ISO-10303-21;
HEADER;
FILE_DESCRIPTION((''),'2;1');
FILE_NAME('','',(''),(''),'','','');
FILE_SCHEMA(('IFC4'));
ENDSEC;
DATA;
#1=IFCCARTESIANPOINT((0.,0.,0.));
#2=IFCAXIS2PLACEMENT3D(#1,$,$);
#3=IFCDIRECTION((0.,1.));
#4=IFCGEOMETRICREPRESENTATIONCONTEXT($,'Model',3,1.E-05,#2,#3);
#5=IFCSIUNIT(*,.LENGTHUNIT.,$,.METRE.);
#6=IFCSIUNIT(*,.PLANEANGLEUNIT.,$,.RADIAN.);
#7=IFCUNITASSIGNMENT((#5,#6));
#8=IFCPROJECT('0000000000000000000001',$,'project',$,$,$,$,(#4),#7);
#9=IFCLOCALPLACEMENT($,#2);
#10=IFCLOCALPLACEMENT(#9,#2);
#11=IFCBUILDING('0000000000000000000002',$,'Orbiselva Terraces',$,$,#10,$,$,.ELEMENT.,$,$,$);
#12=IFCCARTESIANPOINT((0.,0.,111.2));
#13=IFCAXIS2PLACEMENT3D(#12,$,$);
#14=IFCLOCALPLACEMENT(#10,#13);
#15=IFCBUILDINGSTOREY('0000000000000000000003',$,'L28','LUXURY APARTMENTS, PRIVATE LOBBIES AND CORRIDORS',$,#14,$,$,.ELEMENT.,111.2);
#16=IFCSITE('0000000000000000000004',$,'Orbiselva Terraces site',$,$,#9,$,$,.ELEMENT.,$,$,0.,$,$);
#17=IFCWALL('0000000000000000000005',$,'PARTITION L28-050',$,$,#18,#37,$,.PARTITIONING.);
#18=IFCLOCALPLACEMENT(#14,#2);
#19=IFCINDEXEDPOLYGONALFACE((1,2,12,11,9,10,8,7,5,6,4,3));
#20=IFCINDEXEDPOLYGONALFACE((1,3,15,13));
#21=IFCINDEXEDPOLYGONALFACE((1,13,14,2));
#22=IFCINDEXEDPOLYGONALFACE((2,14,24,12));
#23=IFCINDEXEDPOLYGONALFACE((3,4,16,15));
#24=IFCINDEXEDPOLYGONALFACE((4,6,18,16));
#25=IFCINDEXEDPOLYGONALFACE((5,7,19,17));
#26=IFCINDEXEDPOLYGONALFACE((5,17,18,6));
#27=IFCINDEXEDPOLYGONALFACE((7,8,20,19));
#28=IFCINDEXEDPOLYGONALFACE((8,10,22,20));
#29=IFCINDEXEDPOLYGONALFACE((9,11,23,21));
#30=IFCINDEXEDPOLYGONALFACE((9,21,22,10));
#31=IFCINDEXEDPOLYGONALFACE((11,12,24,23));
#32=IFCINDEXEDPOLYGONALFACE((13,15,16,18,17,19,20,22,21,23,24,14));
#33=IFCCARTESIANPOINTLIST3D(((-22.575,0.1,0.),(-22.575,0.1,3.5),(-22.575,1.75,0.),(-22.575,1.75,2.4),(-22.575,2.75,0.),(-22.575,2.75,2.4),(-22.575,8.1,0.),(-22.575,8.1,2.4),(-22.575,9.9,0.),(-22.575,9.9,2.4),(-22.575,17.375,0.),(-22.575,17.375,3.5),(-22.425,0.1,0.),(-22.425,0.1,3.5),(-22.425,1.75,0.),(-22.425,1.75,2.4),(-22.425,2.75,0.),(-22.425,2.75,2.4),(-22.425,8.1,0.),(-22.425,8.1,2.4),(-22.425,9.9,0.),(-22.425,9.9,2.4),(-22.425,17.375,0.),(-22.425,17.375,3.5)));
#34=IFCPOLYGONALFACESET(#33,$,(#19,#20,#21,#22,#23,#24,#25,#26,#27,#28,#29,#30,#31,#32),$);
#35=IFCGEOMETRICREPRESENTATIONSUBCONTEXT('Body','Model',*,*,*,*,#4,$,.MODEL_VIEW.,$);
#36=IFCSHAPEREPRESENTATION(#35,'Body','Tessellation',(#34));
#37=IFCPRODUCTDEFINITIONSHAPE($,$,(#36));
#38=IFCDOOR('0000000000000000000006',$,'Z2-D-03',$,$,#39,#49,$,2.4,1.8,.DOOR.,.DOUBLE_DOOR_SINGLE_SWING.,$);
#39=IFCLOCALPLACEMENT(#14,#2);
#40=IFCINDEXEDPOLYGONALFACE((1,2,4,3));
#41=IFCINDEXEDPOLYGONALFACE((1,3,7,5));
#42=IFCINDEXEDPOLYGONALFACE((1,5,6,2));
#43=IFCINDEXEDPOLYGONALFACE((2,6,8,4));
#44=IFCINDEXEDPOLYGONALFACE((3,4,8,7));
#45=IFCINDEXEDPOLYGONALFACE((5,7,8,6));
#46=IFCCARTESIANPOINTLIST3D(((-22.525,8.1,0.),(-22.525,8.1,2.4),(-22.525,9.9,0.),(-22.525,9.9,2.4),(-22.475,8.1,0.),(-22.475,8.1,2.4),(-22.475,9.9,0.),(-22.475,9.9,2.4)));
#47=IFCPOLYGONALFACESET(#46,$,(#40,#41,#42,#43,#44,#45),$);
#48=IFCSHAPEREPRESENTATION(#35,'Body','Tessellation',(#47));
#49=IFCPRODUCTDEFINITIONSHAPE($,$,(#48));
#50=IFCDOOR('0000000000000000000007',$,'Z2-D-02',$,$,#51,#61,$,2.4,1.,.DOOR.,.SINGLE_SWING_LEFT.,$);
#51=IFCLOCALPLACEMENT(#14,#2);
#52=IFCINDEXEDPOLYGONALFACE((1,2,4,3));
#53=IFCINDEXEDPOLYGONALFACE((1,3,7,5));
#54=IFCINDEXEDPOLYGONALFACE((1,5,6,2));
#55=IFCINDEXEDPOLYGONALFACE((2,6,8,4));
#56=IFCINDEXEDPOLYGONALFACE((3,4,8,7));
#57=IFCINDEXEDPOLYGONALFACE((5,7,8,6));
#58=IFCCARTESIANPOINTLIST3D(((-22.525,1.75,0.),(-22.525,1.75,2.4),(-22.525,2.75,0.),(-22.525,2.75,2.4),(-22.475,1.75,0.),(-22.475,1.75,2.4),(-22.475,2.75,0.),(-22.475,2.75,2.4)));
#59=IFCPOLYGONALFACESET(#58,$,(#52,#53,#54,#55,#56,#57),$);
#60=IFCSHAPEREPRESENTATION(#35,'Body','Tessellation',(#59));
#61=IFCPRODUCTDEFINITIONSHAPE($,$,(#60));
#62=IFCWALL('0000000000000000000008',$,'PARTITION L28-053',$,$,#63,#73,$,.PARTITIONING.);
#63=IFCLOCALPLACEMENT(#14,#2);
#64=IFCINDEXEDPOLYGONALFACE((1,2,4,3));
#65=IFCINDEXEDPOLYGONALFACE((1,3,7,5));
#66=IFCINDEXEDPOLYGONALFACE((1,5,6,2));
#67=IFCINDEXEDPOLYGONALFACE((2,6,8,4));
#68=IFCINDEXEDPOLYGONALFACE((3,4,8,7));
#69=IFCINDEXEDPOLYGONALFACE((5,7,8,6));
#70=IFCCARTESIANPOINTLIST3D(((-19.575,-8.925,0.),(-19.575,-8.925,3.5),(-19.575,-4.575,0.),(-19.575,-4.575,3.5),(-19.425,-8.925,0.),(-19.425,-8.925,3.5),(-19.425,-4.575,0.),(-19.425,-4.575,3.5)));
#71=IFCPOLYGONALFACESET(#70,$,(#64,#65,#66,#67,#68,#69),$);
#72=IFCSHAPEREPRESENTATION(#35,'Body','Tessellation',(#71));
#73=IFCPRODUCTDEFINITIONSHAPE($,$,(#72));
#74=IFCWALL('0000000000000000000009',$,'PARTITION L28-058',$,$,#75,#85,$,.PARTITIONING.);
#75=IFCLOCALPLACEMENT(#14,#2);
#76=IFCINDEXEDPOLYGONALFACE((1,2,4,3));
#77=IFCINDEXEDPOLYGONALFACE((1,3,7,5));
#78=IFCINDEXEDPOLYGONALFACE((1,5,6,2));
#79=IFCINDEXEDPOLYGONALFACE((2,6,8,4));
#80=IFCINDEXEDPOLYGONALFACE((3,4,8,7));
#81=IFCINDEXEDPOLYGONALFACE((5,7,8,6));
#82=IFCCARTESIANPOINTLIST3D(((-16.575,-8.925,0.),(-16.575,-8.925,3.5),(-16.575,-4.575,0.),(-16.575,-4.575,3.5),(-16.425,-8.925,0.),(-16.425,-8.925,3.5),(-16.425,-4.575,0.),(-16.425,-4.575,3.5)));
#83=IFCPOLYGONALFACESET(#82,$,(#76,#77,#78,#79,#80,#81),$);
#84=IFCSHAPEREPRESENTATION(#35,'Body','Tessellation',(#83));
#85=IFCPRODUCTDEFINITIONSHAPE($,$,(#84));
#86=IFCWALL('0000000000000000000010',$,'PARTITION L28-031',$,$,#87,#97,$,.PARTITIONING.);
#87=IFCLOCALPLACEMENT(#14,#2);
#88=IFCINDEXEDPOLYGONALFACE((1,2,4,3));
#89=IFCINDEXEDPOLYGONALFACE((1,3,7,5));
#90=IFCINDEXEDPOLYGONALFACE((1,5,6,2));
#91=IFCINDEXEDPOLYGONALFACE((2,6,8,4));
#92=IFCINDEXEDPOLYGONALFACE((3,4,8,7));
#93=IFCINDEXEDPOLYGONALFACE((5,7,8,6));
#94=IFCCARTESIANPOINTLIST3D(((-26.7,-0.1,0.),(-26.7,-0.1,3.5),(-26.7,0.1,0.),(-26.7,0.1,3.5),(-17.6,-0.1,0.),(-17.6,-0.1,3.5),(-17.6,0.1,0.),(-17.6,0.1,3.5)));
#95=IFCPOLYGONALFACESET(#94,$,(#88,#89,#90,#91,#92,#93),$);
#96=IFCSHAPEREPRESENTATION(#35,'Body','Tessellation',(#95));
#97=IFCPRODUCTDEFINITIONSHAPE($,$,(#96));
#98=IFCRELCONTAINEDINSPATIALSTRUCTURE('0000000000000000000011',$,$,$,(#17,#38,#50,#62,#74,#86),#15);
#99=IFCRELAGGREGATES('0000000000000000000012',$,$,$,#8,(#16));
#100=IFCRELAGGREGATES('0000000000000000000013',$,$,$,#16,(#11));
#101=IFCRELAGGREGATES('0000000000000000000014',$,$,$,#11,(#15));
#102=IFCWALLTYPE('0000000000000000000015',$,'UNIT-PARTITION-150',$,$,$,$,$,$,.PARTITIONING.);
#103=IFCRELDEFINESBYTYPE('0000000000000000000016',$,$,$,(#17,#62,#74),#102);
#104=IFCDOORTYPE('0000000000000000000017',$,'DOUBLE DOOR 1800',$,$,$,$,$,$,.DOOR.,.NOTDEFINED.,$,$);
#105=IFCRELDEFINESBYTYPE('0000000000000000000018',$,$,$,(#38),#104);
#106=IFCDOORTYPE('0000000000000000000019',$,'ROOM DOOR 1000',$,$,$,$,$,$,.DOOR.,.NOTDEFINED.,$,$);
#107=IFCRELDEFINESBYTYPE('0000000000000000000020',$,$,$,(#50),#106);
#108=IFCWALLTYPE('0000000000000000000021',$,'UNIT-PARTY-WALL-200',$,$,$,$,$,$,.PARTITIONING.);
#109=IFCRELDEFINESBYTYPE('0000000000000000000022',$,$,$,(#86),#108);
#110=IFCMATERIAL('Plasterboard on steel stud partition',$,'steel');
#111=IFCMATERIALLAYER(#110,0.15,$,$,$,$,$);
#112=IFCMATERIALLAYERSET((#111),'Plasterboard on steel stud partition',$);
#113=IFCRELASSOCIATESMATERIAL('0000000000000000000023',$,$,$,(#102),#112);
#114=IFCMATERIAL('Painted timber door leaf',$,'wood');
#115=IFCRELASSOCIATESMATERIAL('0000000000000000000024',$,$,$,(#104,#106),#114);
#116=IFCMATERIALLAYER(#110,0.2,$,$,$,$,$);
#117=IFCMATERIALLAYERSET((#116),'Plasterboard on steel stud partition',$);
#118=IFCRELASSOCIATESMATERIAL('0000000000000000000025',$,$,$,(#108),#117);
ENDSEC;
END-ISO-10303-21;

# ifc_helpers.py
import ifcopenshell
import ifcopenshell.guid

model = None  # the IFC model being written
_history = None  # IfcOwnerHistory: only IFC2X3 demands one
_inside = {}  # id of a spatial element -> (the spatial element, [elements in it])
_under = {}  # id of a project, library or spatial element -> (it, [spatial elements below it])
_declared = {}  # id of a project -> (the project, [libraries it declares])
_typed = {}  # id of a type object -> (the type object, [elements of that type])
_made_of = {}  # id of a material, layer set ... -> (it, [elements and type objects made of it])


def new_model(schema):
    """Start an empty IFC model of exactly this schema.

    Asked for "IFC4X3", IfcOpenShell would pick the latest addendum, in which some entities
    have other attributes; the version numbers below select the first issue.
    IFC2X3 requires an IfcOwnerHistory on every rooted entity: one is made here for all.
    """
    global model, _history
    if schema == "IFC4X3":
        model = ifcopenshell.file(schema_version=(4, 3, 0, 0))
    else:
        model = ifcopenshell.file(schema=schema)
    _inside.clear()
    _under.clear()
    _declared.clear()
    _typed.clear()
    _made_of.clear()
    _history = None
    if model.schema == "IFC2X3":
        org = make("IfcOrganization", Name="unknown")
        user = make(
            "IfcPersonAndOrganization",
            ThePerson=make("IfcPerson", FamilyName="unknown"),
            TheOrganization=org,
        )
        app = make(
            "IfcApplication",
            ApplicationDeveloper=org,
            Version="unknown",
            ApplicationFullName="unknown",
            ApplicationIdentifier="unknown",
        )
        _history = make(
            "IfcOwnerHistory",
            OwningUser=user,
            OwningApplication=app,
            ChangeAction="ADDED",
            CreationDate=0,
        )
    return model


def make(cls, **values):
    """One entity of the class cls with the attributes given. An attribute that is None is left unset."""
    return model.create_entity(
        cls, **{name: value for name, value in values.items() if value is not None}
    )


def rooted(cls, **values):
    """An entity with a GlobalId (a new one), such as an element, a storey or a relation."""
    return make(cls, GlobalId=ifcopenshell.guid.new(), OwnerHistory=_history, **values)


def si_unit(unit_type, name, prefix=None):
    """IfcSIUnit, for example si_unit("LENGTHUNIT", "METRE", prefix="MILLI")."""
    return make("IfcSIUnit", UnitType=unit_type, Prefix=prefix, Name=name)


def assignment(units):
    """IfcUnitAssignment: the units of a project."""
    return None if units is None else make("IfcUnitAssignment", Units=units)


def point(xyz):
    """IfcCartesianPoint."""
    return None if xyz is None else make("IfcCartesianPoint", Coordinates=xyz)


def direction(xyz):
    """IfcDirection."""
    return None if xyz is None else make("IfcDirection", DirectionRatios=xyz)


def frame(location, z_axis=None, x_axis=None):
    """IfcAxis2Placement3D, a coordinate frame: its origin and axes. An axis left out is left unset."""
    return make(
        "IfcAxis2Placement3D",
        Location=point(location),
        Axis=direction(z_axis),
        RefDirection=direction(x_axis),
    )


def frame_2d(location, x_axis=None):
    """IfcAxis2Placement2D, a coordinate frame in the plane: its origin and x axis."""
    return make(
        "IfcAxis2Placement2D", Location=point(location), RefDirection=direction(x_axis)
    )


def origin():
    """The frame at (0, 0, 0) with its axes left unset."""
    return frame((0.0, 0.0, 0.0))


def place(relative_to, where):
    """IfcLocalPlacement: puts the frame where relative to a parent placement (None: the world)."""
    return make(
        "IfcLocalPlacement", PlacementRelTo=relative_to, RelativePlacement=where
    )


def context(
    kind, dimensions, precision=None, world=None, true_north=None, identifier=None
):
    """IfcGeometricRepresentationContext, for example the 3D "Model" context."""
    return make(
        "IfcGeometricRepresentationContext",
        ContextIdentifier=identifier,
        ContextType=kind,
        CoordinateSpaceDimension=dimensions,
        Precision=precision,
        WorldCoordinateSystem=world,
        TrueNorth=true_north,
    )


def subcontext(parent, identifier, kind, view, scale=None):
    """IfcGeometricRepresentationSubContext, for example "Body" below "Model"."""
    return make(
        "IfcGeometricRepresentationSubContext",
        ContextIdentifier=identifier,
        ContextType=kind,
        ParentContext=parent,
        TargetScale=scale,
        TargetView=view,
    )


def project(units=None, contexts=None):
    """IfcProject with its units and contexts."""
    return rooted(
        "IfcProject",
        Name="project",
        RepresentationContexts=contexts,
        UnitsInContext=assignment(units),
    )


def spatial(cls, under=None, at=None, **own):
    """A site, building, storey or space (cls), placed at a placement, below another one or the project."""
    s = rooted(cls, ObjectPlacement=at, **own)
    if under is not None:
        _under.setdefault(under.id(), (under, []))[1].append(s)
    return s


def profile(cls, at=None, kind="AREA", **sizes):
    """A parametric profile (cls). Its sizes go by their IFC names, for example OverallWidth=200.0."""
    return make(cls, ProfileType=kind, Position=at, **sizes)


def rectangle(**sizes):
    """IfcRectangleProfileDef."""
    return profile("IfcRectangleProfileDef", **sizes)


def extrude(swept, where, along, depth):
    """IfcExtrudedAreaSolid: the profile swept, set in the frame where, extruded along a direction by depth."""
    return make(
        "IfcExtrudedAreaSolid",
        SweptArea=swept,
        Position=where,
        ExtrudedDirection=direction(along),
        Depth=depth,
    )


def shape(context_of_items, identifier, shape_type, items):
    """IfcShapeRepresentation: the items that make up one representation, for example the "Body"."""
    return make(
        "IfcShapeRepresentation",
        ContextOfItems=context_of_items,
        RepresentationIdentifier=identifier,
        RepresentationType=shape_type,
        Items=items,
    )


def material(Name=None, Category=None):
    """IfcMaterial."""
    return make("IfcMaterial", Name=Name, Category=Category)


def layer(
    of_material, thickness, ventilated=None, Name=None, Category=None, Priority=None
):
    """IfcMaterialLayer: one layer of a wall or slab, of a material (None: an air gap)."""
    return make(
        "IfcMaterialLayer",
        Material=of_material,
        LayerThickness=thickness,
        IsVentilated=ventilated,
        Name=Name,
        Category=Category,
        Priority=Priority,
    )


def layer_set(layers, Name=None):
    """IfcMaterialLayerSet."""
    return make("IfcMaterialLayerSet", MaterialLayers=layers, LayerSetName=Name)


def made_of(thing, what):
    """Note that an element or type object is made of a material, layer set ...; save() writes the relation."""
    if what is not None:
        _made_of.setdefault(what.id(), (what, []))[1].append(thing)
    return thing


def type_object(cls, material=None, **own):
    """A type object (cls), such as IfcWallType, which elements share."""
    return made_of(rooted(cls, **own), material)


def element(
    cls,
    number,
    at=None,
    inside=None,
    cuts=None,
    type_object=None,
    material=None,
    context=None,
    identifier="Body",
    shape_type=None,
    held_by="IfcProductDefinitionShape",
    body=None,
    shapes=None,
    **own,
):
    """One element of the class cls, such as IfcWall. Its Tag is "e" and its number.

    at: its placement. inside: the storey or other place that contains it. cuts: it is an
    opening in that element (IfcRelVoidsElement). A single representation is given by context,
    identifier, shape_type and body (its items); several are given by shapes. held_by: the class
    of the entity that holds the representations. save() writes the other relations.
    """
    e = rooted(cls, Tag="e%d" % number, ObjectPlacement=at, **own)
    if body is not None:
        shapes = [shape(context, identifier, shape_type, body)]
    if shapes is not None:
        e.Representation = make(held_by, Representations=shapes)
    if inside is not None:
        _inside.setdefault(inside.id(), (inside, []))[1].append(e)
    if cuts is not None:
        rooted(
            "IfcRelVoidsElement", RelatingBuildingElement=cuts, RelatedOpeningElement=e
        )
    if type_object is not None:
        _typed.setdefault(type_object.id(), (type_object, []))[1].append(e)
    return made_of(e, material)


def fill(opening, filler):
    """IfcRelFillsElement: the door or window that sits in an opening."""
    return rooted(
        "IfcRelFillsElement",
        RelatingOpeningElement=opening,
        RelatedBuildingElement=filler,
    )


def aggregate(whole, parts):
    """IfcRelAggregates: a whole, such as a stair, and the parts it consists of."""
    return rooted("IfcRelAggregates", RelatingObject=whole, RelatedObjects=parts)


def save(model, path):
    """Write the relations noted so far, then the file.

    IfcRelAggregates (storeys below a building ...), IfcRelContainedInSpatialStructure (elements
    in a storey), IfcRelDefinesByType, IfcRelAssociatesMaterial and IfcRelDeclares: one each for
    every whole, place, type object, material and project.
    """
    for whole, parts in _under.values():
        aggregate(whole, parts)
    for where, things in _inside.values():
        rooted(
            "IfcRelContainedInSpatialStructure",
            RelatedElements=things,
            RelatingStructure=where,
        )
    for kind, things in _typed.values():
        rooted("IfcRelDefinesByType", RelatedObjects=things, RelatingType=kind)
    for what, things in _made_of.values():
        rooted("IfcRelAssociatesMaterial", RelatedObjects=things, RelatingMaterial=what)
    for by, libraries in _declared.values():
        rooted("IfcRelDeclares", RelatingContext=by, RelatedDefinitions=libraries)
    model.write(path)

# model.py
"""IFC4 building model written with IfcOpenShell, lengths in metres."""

from ifc_helpers import new_model, si_unit, direction, frame, frame_2d, origin, place, context, subcontext, project, spatial, rectangle, extrude, material, layer, layer_set, type_object, element, fill, save


model = new_model("IFC4")

# Units and contexts
model_context = context("Model", 3, precision=1e-05, world=origin(), true_north=direction((0.0, 1.0)))
body_context = subcontext(model_context, "Body", "Model", "MODEL_VIEW")
ifc_project = project(units=[si_unit("LENGTHUNIT", "METRE"), si_unit("PLANEANGLEUNIT", "RADIAN")], contexts=[model_context])

# Site, building, storey
site_placement = place(None, origin())
site = spatial("IfcSite", under=ifc_project, at=site_placement, Name="Orbiselva Terraces site", CompositionType="ELEMENT", RefElevation=0.0)
building_placement = place(site_placement, origin())
building = spatial("IfcBuilding", under=site, at=building_placement, Name="Orbiselva Terraces", CompositionType="ELEMENT")
storey_placement = place(building_placement, frame((0.0, 0.0, 111.2)))
storey = spatial("IfcBuildingStorey", under=building, at=storey_placement, Name="L28", Description="LUXURY APARTMENTS, PRIVATE LOBBIES AND CORRIDORS", CompositionType="ELEMENT", Elevation=111.2)

# Shared definitions
ifc_material_1 = material(Name="Plasterboard on steel stud partition", Category="steel")

# Wall, openings, doors
ifc_layer_1 = layer(ifc_material_1, 0.15)
ifc_layer_set_1 = layer_set([ifc_layer_1], Name="Plasterboard on steel stud partition")
wall_type_1 = type_object("IfcWallType", Name="UNIT-PARTITION-150", PredefinedType="PARTITIONING", material=ifc_layer_set_1)
ifc_material_2 = material(Name="Painted timber door leaf", Category="wood")
wall_1_placement = place(storey_placement, frame((-22.5, 0.1, 0.0), z_axis=(0.0, 0.0, 1.0), x_axis=(0.0, 1.0, 0.0)))
wall_1 = element("IfcWall", 1, at=wall_1_placement, inside=storey, type_object=wall_type_1, Name="PARTITION L28-050", PredefinedType="PARTITIONING", context=body_context, shape_type="SweptSolid", body=[
    extrude(rectangle(XDim=17.275, YDim=0.15, at=frame_2d((8.6375, 0.0))), origin(), (0.0, 0.0, 1.0), 3.5),
])
opening_1_placement = place(wall_1_placement, frame((1.65, 0.0, 0.0)))
opening_1 = element("IfcOpeningElement", 2, at=opening_1_placement, cuts=wall_1, PredefinedType="OPENING", context=body_context, shape_type="SweptSolid", body=[
    extrude(rectangle(XDim=1.0, YDim=2.4, at=frame_2d((0.5, 1.2))), frame((0.0, 0.085, 0.0), z_axis=(0.0, -1.0, 0.0), x_axis=(1.0, 0.0, 0.0)), (0.0, 0.0, 1.0), 0.17),
])
opening_2_placement = place(wall_1_placement, frame((8.0, 0.0, 0.0)))
opening_2 = element("IfcOpeningElement", 3, at=opening_2_placement, cuts=wall_1, PredefinedType="OPENING", context=body_context, shape_type="SweptSolid", body=[
    extrude(rectangle(XDim=1.8, YDim=2.4, at=frame_2d((0.9, 1.2))), frame((0.0, 0.085, 0.0), z_axis=(0.0, -1.0, 0.0), x_axis=(1.0, 0.0, 0.0)), (0.0, 0.0, 1.0), 0.17),
])
door_type_1 = type_object("IfcDoorType", Name="DOUBLE DOOR 1800", OperationType="NOTDEFINED", PredefinedType="DOOR", material=ifc_material_2)
door_1_placement = place(opening_2_placement, origin())
door_1 = element("IfcDoor", 4, at=door_1_placement, inside=storey, type_object=door_type_1, Name="Z2-D-03", OperationType="DOUBLE_DOOR_SINGLE_SWING", OverallHeight=2.4, OverallWidth=1.8, PredefinedType="DOOR", context=body_context, shape_type="SweptSolid", body=[
    extrude(rectangle(XDim=1.8, YDim=2.4, at=frame_2d((0.9, 1.2))), frame((0.0, 0.025, 0.0), z_axis=(0.0, -1.0, 0.0), x_axis=(1.0, 0.0, 0.0)), (0.0, 0.0, 1.0), 0.05),
])
fill(opening_2, door_1)
door_type_2 = type_object("IfcDoorType", Name="ROOM DOOR 1000", OperationType="NOTDEFINED", PredefinedType="DOOR", material=ifc_material_2)
door_2_placement = place(opening_1_placement, origin())
door_2 = element("IfcDoor", 5, at=door_2_placement, inside=storey, type_object=door_type_2, Name="Z2-D-02", OperationType="SINGLE_SWING_LEFT", OverallHeight=2.4, OverallWidth=1.0, PredefinedType="DOOR", context=body_context, shape_type="SweptSolid", body=[
    extrude(rectangle(XDim=1.0, YDim=2.4, at=frame_2d((0.5, 1.2))), frame((0.0, 0.025, 0.0), z_axis=(0.0, -1.0, 0.0), x_axis=(1.0, 0.0, 0.0)), (0.0, 0.0, 1.0), 0.05),
])
fill(opening_1, door_2)

# Walls
for number, where, z_axis, x_axis, name in (
    (6, (-19.5, -8.925, 0.0), (0.0, 0.0, 1.0), (0.0, 1.0, 0.0), "PARTITION L28-053"),
    (7, (-16.5, -8.925, 0.0), (0.0, 0.0, 1.0), (0.0, 1.0, 0.0), "PARTITION L28-058"),
):
    element("IfcWall", number, at=place(storey_placement, frame(where, z_axis=z_axis, x_axis=x_axis)), inside=storey, type_object=wall_type_1, Name=name, PredefinedType="PARTITIONING", context=body_context, shape_type="SweptSolid", body=[
        extrude(rectangle(XDim=4.35, YDim=0.15, at=frame_2d((2.175, 0.0))), origin(), (0.0, 0.0, 1.0), 3.5),
    ])
ifc_layer_2 = layer(ifc_material_1, 0.2)
ifc_layer_set_2 = layer_set([ifc_layer_2], Name="Plasterboard on steel stud partition")
wall_type_2 = type_object("IfcWallType", Name="UNIT-PARTY-WALL-200", PredefinedType="PARTITIONING", material=ifc_layer_set_2)
wall_2_placement = place(storey_placement, frame((-26.7, 0.0, 0.0), z_axis=(0.0, 0.0, 1.0), x_axis=(1.0, 0.0, 0.0)))
element("IfcWall", 8, at=wall_2_placement, inside=storey, type_object=wall_type_2, Name="PARTITION L28-031", PredefinedType="PARTITIONING", context=body_context, shape_type="SweptSolid", body=[
    extrude(rectangle(XDim=9.1, YDim=0.2, at=frame_2d((4.55, 0.0))), origin(), (0.0, 0.0, 1.0), 3.5),
])

save(model, "model.ifc")
